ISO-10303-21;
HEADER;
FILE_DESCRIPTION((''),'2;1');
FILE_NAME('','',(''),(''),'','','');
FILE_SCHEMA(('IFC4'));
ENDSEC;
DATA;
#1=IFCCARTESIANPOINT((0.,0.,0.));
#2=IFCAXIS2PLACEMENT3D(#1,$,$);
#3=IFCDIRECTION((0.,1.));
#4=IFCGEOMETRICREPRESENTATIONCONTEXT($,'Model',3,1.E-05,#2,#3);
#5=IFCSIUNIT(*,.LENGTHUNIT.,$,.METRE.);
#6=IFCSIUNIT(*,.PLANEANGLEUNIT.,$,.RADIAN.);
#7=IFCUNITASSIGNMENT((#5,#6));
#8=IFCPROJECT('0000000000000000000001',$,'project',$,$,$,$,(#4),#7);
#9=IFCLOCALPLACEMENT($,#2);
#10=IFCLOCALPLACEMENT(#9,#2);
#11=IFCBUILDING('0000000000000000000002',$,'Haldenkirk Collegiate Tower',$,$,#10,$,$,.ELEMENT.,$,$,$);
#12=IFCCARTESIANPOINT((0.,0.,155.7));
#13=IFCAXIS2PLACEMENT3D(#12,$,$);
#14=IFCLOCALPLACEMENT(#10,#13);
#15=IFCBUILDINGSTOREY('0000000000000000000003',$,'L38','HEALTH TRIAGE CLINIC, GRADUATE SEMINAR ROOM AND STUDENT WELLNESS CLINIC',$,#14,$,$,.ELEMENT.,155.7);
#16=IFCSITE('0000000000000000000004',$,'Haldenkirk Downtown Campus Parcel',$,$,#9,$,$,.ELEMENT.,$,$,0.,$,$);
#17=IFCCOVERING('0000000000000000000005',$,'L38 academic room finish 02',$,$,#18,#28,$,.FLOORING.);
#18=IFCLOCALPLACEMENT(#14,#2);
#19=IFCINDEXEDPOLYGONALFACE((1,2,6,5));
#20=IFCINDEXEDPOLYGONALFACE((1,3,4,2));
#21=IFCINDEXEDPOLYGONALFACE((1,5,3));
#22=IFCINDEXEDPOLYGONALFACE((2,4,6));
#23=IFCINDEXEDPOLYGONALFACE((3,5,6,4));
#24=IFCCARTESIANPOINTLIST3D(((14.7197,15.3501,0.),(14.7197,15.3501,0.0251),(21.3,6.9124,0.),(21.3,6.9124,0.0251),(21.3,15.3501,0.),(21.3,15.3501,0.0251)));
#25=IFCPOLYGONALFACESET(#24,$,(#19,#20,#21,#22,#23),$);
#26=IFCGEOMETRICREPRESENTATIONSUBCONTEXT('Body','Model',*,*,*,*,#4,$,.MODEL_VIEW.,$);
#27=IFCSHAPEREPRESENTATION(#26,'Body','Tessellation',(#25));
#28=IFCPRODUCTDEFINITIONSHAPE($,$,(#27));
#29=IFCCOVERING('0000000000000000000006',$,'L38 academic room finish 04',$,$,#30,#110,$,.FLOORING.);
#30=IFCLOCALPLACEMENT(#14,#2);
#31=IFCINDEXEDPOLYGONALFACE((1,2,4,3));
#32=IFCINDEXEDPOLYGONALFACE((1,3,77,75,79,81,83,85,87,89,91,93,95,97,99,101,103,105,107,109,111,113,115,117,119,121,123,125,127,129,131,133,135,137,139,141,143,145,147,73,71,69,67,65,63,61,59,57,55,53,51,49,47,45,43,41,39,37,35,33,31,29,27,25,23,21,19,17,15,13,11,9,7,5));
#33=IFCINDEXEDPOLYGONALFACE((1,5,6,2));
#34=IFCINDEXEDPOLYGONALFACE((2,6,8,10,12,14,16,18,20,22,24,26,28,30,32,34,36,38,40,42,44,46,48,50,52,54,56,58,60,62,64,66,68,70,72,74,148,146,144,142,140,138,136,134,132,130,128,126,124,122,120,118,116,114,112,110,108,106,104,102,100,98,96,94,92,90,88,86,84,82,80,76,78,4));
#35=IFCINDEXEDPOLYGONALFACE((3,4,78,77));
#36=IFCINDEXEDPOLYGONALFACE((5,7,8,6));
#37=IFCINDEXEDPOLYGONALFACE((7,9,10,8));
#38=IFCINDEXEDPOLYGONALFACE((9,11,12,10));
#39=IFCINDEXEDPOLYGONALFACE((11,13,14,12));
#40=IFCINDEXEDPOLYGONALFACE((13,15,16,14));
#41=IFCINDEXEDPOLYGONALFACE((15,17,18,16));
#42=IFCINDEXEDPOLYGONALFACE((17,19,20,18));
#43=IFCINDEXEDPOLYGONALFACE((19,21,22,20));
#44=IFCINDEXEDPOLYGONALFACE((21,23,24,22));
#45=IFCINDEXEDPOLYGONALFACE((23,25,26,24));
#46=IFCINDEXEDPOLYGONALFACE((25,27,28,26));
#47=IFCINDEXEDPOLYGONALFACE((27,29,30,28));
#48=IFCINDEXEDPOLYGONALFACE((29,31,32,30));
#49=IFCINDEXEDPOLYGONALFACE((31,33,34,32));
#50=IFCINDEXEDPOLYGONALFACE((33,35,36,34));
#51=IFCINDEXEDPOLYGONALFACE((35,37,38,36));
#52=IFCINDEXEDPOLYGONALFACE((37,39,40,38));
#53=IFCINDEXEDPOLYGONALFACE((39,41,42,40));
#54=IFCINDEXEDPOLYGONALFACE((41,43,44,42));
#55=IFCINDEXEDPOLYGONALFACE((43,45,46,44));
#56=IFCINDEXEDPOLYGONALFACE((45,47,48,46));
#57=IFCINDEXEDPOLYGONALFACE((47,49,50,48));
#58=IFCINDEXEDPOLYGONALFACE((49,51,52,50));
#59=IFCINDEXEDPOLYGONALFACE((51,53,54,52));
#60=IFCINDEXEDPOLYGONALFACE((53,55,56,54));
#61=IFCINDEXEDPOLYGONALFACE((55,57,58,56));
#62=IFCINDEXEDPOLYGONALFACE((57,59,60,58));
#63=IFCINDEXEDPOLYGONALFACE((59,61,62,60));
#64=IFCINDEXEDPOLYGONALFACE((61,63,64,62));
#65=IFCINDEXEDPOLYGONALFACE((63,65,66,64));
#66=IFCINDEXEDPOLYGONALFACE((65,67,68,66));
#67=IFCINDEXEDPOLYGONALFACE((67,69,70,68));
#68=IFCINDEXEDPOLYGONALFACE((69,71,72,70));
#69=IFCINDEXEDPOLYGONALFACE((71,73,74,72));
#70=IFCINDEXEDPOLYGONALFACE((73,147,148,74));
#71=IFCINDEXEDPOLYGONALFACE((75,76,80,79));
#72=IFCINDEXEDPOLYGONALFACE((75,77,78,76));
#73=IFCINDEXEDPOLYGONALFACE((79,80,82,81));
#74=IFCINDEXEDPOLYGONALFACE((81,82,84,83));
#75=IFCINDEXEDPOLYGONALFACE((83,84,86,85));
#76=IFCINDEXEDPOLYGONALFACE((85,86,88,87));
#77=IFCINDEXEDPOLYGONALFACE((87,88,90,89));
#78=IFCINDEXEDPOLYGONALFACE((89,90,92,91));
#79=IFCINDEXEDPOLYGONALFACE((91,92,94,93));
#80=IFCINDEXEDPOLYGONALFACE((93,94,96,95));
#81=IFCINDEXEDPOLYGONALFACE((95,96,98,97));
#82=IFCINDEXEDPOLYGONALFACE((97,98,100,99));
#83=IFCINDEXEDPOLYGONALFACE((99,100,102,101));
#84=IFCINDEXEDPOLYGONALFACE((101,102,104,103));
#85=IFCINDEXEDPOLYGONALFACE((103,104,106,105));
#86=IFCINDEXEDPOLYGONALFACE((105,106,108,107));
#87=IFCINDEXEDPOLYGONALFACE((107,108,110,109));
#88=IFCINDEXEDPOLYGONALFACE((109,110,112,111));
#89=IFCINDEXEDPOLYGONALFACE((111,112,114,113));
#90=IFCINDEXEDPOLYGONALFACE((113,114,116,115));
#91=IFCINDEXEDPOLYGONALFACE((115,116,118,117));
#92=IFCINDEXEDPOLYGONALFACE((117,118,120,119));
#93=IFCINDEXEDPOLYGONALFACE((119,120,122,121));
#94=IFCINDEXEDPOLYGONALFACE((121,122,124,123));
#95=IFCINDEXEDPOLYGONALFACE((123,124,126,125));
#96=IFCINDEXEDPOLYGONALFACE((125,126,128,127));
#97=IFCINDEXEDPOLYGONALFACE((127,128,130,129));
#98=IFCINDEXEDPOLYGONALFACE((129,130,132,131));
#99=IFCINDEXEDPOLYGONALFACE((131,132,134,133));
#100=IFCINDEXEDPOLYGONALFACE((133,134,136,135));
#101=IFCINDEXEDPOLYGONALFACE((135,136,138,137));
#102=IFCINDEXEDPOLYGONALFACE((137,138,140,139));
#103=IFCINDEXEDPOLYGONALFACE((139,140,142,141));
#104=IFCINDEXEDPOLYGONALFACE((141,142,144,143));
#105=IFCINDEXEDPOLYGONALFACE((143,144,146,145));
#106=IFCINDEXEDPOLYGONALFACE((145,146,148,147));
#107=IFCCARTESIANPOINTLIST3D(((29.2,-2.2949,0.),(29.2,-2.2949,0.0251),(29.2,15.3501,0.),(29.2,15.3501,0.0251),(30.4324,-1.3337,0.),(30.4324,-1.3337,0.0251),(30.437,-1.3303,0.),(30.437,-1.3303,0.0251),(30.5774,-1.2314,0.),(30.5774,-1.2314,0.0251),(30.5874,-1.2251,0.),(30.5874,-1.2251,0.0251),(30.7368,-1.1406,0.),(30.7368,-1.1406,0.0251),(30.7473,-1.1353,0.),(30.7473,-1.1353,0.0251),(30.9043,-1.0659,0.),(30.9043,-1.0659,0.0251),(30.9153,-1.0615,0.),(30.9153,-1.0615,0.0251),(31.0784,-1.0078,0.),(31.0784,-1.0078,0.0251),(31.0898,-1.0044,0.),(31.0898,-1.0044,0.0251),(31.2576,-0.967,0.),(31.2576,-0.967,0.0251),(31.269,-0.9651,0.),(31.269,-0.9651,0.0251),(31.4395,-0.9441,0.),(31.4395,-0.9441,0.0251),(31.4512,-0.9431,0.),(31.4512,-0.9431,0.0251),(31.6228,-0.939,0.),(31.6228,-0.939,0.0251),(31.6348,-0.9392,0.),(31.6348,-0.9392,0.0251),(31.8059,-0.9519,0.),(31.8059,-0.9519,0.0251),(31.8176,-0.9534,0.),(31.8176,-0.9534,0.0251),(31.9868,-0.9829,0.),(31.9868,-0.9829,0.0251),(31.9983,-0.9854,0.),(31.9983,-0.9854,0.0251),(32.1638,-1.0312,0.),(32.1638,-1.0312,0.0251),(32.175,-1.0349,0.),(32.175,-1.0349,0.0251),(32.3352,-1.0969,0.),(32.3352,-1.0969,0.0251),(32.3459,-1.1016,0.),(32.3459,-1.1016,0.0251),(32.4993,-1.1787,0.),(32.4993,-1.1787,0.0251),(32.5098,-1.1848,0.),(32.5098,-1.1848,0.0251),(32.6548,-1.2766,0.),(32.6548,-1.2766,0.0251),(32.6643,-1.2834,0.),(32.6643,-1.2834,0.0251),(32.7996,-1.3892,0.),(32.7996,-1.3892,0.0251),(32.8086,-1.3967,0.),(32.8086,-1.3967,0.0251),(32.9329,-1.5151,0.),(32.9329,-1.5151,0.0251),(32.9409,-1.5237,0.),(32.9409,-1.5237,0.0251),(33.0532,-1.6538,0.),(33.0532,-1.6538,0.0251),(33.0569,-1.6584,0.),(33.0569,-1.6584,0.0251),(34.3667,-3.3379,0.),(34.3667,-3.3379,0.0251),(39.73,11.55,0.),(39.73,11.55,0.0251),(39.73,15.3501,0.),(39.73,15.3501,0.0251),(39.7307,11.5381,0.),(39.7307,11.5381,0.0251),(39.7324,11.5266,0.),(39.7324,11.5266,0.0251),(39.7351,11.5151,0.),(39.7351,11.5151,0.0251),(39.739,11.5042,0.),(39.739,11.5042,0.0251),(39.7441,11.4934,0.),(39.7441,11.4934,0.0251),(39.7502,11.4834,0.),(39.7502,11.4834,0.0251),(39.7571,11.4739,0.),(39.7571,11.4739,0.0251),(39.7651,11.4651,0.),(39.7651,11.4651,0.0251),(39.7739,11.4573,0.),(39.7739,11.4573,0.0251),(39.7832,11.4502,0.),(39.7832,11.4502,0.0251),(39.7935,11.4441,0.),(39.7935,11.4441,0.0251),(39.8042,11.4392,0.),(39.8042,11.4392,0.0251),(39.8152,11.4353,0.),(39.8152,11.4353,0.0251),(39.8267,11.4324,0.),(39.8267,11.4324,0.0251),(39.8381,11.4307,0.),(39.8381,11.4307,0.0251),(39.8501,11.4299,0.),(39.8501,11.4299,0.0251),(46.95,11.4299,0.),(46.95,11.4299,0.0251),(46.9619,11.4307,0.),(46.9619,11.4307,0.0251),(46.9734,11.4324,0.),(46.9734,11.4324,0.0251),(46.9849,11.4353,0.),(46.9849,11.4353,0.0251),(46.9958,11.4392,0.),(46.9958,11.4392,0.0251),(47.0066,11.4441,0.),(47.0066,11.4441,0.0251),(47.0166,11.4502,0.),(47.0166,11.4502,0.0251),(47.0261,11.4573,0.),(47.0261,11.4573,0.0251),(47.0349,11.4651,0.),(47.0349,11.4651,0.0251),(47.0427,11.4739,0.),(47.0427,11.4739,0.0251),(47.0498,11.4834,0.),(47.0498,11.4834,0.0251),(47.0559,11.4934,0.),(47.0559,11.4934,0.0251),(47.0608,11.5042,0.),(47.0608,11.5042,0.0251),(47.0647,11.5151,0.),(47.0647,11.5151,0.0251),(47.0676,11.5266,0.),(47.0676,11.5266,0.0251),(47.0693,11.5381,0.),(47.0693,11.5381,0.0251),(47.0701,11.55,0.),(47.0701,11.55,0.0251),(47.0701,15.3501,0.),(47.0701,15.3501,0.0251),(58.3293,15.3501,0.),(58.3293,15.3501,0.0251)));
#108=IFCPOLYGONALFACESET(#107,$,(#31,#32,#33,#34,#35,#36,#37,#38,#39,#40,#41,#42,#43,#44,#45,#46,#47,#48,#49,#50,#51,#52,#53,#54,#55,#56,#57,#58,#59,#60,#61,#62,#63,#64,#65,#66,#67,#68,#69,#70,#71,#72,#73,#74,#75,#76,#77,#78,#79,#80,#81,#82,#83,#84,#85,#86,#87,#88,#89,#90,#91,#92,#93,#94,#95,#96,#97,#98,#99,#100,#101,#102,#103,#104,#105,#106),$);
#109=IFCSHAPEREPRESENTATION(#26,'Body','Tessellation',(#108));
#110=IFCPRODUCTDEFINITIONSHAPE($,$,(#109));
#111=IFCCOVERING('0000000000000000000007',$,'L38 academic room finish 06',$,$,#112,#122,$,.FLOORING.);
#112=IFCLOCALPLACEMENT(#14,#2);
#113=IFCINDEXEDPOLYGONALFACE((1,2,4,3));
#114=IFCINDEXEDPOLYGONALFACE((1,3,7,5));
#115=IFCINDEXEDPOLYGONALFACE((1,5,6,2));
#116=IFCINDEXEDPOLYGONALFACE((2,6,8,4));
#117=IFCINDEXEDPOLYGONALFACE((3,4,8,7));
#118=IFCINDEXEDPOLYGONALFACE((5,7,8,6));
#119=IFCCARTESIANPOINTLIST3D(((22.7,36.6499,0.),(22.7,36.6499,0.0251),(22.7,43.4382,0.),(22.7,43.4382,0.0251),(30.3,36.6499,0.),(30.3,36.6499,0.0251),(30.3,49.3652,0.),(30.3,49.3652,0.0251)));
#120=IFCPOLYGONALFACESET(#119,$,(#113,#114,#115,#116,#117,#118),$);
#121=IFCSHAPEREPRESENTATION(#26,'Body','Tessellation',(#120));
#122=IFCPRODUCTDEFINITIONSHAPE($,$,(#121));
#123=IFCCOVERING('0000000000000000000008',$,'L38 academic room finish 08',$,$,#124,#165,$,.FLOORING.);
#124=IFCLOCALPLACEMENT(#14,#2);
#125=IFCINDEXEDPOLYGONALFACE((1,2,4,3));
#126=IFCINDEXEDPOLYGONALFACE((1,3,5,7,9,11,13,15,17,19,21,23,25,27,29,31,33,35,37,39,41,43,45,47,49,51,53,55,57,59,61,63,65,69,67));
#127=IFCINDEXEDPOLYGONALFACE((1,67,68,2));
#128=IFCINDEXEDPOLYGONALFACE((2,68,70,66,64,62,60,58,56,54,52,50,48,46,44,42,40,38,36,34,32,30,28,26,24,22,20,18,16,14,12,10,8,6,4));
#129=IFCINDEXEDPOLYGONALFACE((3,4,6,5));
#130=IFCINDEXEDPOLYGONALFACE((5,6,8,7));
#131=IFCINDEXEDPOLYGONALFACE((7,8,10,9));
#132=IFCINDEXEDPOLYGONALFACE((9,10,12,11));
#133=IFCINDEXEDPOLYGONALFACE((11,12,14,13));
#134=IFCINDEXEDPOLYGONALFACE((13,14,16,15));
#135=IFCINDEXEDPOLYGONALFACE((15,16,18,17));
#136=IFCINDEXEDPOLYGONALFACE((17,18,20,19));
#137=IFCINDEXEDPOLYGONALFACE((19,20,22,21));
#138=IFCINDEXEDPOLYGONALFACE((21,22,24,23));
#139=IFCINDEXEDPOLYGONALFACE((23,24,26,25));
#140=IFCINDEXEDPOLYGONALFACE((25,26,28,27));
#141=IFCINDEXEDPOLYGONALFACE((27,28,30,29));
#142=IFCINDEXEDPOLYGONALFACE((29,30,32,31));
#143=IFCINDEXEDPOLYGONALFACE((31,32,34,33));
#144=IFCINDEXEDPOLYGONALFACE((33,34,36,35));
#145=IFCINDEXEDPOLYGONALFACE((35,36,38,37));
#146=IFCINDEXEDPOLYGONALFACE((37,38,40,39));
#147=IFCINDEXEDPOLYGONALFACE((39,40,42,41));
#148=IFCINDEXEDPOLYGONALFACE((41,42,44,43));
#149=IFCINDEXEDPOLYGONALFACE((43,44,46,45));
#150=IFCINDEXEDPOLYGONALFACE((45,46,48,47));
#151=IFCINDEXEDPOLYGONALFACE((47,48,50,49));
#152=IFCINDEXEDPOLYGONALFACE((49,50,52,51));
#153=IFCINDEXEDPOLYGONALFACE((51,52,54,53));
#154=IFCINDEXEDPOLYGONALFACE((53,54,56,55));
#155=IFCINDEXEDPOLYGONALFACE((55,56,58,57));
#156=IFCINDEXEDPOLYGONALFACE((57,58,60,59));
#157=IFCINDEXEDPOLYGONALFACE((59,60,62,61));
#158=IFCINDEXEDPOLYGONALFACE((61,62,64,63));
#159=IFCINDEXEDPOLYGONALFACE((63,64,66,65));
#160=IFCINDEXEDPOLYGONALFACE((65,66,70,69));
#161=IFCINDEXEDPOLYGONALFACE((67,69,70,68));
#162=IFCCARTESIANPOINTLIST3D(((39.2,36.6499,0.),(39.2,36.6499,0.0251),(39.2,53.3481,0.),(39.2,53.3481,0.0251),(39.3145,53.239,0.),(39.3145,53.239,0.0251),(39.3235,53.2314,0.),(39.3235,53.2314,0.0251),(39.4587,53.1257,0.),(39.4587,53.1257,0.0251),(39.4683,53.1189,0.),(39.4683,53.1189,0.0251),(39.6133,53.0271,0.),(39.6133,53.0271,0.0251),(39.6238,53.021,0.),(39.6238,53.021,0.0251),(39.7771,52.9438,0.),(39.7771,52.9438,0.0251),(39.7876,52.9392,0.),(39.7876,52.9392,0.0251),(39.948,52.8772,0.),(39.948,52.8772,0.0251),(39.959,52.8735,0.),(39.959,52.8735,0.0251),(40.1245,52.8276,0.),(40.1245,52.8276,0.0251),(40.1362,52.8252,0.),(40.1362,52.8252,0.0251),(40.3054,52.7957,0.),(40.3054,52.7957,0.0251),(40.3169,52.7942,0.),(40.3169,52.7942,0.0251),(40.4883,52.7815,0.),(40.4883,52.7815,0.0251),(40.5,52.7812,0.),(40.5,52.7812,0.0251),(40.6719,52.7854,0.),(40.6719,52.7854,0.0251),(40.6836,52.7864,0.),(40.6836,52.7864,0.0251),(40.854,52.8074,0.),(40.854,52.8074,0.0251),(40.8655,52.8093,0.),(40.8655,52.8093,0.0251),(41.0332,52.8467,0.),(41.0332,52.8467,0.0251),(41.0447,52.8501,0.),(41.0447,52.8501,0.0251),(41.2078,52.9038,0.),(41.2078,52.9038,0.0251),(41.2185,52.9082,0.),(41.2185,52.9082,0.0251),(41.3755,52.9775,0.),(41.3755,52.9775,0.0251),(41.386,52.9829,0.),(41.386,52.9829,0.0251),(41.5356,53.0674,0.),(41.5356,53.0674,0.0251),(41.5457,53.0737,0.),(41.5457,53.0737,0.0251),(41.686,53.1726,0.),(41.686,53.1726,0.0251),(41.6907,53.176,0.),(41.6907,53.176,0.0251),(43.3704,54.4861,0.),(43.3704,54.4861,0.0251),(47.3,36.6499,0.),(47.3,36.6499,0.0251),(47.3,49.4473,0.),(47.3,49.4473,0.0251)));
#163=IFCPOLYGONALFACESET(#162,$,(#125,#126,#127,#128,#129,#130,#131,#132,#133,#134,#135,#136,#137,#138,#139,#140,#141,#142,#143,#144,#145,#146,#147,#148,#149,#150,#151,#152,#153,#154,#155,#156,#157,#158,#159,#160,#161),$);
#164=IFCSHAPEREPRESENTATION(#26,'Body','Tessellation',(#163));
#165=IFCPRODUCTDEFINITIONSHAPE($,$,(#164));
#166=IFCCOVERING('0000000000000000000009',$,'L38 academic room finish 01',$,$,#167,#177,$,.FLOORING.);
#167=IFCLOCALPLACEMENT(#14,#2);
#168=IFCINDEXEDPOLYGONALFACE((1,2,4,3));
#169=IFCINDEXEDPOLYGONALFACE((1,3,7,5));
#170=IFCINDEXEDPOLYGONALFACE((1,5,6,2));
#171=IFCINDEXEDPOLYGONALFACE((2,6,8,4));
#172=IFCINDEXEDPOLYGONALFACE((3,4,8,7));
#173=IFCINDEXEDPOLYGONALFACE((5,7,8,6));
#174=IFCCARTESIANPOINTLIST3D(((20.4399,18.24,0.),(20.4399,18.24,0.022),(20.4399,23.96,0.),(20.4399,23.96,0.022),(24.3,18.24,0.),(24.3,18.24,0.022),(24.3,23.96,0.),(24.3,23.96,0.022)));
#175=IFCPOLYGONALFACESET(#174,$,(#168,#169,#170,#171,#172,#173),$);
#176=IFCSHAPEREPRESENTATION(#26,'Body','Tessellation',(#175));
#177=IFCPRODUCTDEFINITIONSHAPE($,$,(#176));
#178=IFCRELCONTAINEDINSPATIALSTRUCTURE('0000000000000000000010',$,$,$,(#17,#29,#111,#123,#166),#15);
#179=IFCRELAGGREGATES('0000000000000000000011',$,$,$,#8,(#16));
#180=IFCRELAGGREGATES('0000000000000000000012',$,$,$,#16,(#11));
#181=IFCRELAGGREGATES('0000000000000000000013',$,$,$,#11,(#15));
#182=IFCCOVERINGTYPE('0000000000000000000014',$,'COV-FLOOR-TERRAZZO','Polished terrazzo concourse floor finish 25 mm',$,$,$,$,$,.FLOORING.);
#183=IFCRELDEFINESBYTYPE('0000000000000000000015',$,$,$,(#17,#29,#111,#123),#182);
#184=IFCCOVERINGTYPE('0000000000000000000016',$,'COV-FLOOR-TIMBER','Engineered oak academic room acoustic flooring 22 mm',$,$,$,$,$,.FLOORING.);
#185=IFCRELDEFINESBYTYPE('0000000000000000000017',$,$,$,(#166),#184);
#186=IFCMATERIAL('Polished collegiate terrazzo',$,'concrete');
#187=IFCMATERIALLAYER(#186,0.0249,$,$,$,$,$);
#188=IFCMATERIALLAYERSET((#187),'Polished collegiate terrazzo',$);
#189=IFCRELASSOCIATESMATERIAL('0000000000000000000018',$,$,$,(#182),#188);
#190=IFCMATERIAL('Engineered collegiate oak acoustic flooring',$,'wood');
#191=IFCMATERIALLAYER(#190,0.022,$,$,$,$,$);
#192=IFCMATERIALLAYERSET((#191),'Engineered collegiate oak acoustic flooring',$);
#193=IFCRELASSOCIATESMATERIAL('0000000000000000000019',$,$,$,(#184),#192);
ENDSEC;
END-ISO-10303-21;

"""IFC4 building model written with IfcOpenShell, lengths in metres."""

from ifc_helpers import new_model, si_unit, direction, frame, origin, place, context, subcontext, project, spatial, polyline, outline, extrude, material, layer, layer_set, type_object, element, save


model = new_model("IFC4")

# Units and contexts
model_context = context("Model", 3, precision=1e-05, world=origin(), true_north=direction((0.0, 1.0)))
body_context = subcontext(model_context, "Body", "Model", "MODEL_VIEW")
ifc_project = project(units=[si_unit("LENGTHUNIT", "METRE"), si_unit("PLANEANGLEUNIT", "RADIAN")], contexts=[model_context])

# Site, building, storey
site_placement = place(None, origin())
site = spatial("IfcSite", under=ifc_project, at=site_placement, Name="Haldenkirk Downtown Campus Parcel", CompositionType="ELEMENT", RefElevation=0.0)
building_placement = place(site_placement, origin())
building = spatial("IfcBuilding", under=site, at=building_placement, Name="Haldenkirk Collegiate Tower", CompositionType="ELEMENT")
storey_placement = place(building_placement, frame((0.0, 0.0, 155.7)))
storey = spatial("IfcBuildingStorey", under=building, at=storey_placement, Name="L38", Description="HEALTH TRIAGE CLINIC, GRADUATE SEMINAR ROOM AND STUDENT WELLNESS CLINIC", CompositionType="ELEMENT", Elevation=155.7)

# Coverings
ifc_material_1 = material(Name="Polished collegiate terrazzo", Category="concrete")
ifc_layer_1 = layer(ifc_material_1, 0.0249)
ifc_layer_set_1 = layer_set([ifc_layer_1], Name="Polished collegiate terrazzo")
covering_type_1 = type_object("IfcCoveringType", Name="COV-FLOOR-TERRAZZO", Description="Polished terrazzo concourse floor finish 25 mm", PredefinedType="FLOORING", material=ifc_layer_set_1)
covering_1_placement = place(storey_placement, origin())
element("IfcCovering", 1, at=covering_1_placement, inside=storey, type_object=covering_type_1, Name="L38 academic room finish 02", PredefinedType="FLOORING", context=body_context, shape_type="SweptSolid", body=[
    extrude(outline(polyline([(14.7197, 15.3501), (21.3, 15.3501), (21.3, 6.9124), (14.7197, 15.3501)])), origin(), (0.0, 0.0, 1.0), 0.0251),
])
covering_2_placement = place(storey_placement, origin())
element("IfcCovering", 2, at=covering_2_placement, inside=storey, type_object=covering_type_1, Name="L38 academic room finish 04", PredefinedType="FLOORING", context=body_context, shape_type="SweptSolid", body=[
    extrude(outline(polyline([(32.3459, -1.1016), (32.3352, -1.0969), (32.175, -1.0349), (32.1638, -1.0312), (31.9983, -0.9854), (31.9868, -0.9829), (31.8176, -0.9534), (31.8059, -0.9519), (31.6348, -0.9392), (31.6228, -0.939), (31.4512, -0.9431), (31.4395, -0.9441), (31.269, -0.9651), (31.2576, -0.967), (31.0898, -1.0044), (31.0784, -1.0078), (30.9153, -1.0615), (30.9043, -1.0659), (30.7473, -1.1353), (30.7368, -1.1406), (30.5874, -1.2251), (30.5774, -1.2314), (30.437, -1.3303), (30.4324, -1.3337), (29.2, -2.2949), (29.2, 15.3501), (39.73, 15.3501), (39.73, 11.55), (39.7307, 11.5381), (39.7324, 11.5266), (39.7351, 11.5151), (39.739, 11.5042), (39.7441, 11.4934), (39.7502, 11.4834), (39.7571, 11.4739), (39.7651, 11.4651), (39.7739, 11.4573), (39.7832, 11.4502), (39.7935, 11.4441), (39.8042, 11.4392), (39.8152, 11.4353), (39.8267, 11.4324), (39.8381, 11.4307), (39.8501, 11.4299), (46.95, 11.4299), (46.9619, 11.4307), (46.9734, 11.4324), (46.9849, 11.4353), (46.9958, 11.4392), (47.0066, 11.4441), (47.0166, 11.4502), (47.0261, 11.4573), (47.0349, 11.4651), (47.0427, 11.4739), (47.0498, 11.4834), (47.0559, 11.4934), (47.0608, 11.5042), (47.0647, 11.5151), (47.0676, 11.5266), (47.0693, 11.5381), (47.0701, 11.55), (47.0701, 15.3501), (58.3293, 15.3501), (34.3667, -3.3379), (33.0569, -1.6584), (33.0532, -1.6538), (32.9409, -1.5237), (32.9329, -1.5151), (32.8086, -1.3967), (32.7996, -1.3892), (32.6643, -1.2834), (32.6548, -1.2766), (32.5098, -1.1848), (32.4993, -1.1787), (32.3459, -1.1016)])), origin(), (0.0, 0.0, 1.0), 0.0251),
])
covering_3_placement = place(storey_placement, origin())
element("IfcCovering", 3, at=covering_3_placement, inside=storey, type_object=covering_type_1, Name="L38 academic room finish 06", PredefinedType="FLOORING", context=body_context, shape_type="SweptSolid", body=[
    extrude(outline(polyline([(30.3, 49.3652), (30.3, 36.6499), (22.7, 36.6499), (22.7, 43.4382), (30.3, 49.3652)])), origin(), (0.0, 0.0, 1.0), 0.0251),
])
covering_4_placement = place(storey_placement, origin())
element("IfcCovering", 4, at=covering_4_placement, inside=storey, type_object=covering_type_1, Name="L38 academic room finish 08", PredefinedType="FLOORING", context=body_context, shape_type="SweptSolid", body=[
    extrude(outline(polyline([(39.2, 53.3481), (39.3145, 53.239), (39.3235, 53.2314), (39.4587, 53.1257), (39.4683, 53.1189), (39.6133, 53.0271), (39.6238, 53.021), (39.7771, 52.9438), (39.7876, 52.9392), (39.948, 52.8772), (39.959, 52.8735), (40.1245, 52.8276), (40.1362, 52.8252), (40.3054, 52.7957), (40.3169, 52.7942), (40.4883, 52.7815), (40.5, 52.7812), (40.6719, 52.7854), (40.6836, 52.7864), (40.854, 52.8074), (40.8655, 52.8093), (41.0332, 52.8467), (41.0447, 52.8501), (41.2078, 52.9038), (41.2185, 52.9082), (41.3755, 52.9775), (41.386, 52.9829), (41.5356, 53.0674), (41.5457, 53.0737), (41.686, 53.1726), (41.6907, 53.176), (43.3704, 54.4861), (47.3, 49.4473), (47.3, 36.6499), (39.2, 36.6499), (39.2, 53.3481)])), origin(), (0.0, 0.0, 1.0), 0.0251),
])
ifc_material_2 = material(Name="Engineered collegiate oak acoustic flooring", Category="wood")
ifc_layer_2 = layer(ifc_material_2, 0.022)
ifc_layer_set_2 = layer_set([ifc_layer_2], Name="Engineered collegiate oak acoustic flooring")
covering_type_2 = type_object("IfcCoveringType", Name="COV-FLOOR-TIMBER", Description="Engineered oak academic room acoustic flooring 22 mm", PredefinedType="FLOORING", material=ifc_layer_set_2)
covering_5_placement = place(storey_placement, origin())
element("IfcCovering", 5, at=covering_5_placement, inside=storey, type_object=covering_type_2, Name="L38 academic room finish 01", PredefinedType="FLOORING", context=body_context, shape_type="SweptSolid", body=[
    extrude(outline(polyline([(20.4399, 18.24), (20.4399, 23.96), (24.3, 23.96), (24.3, 18.24), (20.4399, 18.24)])), origin(), (0.0, 0.0, 1.0), 0.022),
])

save(model, "model.ifc")
